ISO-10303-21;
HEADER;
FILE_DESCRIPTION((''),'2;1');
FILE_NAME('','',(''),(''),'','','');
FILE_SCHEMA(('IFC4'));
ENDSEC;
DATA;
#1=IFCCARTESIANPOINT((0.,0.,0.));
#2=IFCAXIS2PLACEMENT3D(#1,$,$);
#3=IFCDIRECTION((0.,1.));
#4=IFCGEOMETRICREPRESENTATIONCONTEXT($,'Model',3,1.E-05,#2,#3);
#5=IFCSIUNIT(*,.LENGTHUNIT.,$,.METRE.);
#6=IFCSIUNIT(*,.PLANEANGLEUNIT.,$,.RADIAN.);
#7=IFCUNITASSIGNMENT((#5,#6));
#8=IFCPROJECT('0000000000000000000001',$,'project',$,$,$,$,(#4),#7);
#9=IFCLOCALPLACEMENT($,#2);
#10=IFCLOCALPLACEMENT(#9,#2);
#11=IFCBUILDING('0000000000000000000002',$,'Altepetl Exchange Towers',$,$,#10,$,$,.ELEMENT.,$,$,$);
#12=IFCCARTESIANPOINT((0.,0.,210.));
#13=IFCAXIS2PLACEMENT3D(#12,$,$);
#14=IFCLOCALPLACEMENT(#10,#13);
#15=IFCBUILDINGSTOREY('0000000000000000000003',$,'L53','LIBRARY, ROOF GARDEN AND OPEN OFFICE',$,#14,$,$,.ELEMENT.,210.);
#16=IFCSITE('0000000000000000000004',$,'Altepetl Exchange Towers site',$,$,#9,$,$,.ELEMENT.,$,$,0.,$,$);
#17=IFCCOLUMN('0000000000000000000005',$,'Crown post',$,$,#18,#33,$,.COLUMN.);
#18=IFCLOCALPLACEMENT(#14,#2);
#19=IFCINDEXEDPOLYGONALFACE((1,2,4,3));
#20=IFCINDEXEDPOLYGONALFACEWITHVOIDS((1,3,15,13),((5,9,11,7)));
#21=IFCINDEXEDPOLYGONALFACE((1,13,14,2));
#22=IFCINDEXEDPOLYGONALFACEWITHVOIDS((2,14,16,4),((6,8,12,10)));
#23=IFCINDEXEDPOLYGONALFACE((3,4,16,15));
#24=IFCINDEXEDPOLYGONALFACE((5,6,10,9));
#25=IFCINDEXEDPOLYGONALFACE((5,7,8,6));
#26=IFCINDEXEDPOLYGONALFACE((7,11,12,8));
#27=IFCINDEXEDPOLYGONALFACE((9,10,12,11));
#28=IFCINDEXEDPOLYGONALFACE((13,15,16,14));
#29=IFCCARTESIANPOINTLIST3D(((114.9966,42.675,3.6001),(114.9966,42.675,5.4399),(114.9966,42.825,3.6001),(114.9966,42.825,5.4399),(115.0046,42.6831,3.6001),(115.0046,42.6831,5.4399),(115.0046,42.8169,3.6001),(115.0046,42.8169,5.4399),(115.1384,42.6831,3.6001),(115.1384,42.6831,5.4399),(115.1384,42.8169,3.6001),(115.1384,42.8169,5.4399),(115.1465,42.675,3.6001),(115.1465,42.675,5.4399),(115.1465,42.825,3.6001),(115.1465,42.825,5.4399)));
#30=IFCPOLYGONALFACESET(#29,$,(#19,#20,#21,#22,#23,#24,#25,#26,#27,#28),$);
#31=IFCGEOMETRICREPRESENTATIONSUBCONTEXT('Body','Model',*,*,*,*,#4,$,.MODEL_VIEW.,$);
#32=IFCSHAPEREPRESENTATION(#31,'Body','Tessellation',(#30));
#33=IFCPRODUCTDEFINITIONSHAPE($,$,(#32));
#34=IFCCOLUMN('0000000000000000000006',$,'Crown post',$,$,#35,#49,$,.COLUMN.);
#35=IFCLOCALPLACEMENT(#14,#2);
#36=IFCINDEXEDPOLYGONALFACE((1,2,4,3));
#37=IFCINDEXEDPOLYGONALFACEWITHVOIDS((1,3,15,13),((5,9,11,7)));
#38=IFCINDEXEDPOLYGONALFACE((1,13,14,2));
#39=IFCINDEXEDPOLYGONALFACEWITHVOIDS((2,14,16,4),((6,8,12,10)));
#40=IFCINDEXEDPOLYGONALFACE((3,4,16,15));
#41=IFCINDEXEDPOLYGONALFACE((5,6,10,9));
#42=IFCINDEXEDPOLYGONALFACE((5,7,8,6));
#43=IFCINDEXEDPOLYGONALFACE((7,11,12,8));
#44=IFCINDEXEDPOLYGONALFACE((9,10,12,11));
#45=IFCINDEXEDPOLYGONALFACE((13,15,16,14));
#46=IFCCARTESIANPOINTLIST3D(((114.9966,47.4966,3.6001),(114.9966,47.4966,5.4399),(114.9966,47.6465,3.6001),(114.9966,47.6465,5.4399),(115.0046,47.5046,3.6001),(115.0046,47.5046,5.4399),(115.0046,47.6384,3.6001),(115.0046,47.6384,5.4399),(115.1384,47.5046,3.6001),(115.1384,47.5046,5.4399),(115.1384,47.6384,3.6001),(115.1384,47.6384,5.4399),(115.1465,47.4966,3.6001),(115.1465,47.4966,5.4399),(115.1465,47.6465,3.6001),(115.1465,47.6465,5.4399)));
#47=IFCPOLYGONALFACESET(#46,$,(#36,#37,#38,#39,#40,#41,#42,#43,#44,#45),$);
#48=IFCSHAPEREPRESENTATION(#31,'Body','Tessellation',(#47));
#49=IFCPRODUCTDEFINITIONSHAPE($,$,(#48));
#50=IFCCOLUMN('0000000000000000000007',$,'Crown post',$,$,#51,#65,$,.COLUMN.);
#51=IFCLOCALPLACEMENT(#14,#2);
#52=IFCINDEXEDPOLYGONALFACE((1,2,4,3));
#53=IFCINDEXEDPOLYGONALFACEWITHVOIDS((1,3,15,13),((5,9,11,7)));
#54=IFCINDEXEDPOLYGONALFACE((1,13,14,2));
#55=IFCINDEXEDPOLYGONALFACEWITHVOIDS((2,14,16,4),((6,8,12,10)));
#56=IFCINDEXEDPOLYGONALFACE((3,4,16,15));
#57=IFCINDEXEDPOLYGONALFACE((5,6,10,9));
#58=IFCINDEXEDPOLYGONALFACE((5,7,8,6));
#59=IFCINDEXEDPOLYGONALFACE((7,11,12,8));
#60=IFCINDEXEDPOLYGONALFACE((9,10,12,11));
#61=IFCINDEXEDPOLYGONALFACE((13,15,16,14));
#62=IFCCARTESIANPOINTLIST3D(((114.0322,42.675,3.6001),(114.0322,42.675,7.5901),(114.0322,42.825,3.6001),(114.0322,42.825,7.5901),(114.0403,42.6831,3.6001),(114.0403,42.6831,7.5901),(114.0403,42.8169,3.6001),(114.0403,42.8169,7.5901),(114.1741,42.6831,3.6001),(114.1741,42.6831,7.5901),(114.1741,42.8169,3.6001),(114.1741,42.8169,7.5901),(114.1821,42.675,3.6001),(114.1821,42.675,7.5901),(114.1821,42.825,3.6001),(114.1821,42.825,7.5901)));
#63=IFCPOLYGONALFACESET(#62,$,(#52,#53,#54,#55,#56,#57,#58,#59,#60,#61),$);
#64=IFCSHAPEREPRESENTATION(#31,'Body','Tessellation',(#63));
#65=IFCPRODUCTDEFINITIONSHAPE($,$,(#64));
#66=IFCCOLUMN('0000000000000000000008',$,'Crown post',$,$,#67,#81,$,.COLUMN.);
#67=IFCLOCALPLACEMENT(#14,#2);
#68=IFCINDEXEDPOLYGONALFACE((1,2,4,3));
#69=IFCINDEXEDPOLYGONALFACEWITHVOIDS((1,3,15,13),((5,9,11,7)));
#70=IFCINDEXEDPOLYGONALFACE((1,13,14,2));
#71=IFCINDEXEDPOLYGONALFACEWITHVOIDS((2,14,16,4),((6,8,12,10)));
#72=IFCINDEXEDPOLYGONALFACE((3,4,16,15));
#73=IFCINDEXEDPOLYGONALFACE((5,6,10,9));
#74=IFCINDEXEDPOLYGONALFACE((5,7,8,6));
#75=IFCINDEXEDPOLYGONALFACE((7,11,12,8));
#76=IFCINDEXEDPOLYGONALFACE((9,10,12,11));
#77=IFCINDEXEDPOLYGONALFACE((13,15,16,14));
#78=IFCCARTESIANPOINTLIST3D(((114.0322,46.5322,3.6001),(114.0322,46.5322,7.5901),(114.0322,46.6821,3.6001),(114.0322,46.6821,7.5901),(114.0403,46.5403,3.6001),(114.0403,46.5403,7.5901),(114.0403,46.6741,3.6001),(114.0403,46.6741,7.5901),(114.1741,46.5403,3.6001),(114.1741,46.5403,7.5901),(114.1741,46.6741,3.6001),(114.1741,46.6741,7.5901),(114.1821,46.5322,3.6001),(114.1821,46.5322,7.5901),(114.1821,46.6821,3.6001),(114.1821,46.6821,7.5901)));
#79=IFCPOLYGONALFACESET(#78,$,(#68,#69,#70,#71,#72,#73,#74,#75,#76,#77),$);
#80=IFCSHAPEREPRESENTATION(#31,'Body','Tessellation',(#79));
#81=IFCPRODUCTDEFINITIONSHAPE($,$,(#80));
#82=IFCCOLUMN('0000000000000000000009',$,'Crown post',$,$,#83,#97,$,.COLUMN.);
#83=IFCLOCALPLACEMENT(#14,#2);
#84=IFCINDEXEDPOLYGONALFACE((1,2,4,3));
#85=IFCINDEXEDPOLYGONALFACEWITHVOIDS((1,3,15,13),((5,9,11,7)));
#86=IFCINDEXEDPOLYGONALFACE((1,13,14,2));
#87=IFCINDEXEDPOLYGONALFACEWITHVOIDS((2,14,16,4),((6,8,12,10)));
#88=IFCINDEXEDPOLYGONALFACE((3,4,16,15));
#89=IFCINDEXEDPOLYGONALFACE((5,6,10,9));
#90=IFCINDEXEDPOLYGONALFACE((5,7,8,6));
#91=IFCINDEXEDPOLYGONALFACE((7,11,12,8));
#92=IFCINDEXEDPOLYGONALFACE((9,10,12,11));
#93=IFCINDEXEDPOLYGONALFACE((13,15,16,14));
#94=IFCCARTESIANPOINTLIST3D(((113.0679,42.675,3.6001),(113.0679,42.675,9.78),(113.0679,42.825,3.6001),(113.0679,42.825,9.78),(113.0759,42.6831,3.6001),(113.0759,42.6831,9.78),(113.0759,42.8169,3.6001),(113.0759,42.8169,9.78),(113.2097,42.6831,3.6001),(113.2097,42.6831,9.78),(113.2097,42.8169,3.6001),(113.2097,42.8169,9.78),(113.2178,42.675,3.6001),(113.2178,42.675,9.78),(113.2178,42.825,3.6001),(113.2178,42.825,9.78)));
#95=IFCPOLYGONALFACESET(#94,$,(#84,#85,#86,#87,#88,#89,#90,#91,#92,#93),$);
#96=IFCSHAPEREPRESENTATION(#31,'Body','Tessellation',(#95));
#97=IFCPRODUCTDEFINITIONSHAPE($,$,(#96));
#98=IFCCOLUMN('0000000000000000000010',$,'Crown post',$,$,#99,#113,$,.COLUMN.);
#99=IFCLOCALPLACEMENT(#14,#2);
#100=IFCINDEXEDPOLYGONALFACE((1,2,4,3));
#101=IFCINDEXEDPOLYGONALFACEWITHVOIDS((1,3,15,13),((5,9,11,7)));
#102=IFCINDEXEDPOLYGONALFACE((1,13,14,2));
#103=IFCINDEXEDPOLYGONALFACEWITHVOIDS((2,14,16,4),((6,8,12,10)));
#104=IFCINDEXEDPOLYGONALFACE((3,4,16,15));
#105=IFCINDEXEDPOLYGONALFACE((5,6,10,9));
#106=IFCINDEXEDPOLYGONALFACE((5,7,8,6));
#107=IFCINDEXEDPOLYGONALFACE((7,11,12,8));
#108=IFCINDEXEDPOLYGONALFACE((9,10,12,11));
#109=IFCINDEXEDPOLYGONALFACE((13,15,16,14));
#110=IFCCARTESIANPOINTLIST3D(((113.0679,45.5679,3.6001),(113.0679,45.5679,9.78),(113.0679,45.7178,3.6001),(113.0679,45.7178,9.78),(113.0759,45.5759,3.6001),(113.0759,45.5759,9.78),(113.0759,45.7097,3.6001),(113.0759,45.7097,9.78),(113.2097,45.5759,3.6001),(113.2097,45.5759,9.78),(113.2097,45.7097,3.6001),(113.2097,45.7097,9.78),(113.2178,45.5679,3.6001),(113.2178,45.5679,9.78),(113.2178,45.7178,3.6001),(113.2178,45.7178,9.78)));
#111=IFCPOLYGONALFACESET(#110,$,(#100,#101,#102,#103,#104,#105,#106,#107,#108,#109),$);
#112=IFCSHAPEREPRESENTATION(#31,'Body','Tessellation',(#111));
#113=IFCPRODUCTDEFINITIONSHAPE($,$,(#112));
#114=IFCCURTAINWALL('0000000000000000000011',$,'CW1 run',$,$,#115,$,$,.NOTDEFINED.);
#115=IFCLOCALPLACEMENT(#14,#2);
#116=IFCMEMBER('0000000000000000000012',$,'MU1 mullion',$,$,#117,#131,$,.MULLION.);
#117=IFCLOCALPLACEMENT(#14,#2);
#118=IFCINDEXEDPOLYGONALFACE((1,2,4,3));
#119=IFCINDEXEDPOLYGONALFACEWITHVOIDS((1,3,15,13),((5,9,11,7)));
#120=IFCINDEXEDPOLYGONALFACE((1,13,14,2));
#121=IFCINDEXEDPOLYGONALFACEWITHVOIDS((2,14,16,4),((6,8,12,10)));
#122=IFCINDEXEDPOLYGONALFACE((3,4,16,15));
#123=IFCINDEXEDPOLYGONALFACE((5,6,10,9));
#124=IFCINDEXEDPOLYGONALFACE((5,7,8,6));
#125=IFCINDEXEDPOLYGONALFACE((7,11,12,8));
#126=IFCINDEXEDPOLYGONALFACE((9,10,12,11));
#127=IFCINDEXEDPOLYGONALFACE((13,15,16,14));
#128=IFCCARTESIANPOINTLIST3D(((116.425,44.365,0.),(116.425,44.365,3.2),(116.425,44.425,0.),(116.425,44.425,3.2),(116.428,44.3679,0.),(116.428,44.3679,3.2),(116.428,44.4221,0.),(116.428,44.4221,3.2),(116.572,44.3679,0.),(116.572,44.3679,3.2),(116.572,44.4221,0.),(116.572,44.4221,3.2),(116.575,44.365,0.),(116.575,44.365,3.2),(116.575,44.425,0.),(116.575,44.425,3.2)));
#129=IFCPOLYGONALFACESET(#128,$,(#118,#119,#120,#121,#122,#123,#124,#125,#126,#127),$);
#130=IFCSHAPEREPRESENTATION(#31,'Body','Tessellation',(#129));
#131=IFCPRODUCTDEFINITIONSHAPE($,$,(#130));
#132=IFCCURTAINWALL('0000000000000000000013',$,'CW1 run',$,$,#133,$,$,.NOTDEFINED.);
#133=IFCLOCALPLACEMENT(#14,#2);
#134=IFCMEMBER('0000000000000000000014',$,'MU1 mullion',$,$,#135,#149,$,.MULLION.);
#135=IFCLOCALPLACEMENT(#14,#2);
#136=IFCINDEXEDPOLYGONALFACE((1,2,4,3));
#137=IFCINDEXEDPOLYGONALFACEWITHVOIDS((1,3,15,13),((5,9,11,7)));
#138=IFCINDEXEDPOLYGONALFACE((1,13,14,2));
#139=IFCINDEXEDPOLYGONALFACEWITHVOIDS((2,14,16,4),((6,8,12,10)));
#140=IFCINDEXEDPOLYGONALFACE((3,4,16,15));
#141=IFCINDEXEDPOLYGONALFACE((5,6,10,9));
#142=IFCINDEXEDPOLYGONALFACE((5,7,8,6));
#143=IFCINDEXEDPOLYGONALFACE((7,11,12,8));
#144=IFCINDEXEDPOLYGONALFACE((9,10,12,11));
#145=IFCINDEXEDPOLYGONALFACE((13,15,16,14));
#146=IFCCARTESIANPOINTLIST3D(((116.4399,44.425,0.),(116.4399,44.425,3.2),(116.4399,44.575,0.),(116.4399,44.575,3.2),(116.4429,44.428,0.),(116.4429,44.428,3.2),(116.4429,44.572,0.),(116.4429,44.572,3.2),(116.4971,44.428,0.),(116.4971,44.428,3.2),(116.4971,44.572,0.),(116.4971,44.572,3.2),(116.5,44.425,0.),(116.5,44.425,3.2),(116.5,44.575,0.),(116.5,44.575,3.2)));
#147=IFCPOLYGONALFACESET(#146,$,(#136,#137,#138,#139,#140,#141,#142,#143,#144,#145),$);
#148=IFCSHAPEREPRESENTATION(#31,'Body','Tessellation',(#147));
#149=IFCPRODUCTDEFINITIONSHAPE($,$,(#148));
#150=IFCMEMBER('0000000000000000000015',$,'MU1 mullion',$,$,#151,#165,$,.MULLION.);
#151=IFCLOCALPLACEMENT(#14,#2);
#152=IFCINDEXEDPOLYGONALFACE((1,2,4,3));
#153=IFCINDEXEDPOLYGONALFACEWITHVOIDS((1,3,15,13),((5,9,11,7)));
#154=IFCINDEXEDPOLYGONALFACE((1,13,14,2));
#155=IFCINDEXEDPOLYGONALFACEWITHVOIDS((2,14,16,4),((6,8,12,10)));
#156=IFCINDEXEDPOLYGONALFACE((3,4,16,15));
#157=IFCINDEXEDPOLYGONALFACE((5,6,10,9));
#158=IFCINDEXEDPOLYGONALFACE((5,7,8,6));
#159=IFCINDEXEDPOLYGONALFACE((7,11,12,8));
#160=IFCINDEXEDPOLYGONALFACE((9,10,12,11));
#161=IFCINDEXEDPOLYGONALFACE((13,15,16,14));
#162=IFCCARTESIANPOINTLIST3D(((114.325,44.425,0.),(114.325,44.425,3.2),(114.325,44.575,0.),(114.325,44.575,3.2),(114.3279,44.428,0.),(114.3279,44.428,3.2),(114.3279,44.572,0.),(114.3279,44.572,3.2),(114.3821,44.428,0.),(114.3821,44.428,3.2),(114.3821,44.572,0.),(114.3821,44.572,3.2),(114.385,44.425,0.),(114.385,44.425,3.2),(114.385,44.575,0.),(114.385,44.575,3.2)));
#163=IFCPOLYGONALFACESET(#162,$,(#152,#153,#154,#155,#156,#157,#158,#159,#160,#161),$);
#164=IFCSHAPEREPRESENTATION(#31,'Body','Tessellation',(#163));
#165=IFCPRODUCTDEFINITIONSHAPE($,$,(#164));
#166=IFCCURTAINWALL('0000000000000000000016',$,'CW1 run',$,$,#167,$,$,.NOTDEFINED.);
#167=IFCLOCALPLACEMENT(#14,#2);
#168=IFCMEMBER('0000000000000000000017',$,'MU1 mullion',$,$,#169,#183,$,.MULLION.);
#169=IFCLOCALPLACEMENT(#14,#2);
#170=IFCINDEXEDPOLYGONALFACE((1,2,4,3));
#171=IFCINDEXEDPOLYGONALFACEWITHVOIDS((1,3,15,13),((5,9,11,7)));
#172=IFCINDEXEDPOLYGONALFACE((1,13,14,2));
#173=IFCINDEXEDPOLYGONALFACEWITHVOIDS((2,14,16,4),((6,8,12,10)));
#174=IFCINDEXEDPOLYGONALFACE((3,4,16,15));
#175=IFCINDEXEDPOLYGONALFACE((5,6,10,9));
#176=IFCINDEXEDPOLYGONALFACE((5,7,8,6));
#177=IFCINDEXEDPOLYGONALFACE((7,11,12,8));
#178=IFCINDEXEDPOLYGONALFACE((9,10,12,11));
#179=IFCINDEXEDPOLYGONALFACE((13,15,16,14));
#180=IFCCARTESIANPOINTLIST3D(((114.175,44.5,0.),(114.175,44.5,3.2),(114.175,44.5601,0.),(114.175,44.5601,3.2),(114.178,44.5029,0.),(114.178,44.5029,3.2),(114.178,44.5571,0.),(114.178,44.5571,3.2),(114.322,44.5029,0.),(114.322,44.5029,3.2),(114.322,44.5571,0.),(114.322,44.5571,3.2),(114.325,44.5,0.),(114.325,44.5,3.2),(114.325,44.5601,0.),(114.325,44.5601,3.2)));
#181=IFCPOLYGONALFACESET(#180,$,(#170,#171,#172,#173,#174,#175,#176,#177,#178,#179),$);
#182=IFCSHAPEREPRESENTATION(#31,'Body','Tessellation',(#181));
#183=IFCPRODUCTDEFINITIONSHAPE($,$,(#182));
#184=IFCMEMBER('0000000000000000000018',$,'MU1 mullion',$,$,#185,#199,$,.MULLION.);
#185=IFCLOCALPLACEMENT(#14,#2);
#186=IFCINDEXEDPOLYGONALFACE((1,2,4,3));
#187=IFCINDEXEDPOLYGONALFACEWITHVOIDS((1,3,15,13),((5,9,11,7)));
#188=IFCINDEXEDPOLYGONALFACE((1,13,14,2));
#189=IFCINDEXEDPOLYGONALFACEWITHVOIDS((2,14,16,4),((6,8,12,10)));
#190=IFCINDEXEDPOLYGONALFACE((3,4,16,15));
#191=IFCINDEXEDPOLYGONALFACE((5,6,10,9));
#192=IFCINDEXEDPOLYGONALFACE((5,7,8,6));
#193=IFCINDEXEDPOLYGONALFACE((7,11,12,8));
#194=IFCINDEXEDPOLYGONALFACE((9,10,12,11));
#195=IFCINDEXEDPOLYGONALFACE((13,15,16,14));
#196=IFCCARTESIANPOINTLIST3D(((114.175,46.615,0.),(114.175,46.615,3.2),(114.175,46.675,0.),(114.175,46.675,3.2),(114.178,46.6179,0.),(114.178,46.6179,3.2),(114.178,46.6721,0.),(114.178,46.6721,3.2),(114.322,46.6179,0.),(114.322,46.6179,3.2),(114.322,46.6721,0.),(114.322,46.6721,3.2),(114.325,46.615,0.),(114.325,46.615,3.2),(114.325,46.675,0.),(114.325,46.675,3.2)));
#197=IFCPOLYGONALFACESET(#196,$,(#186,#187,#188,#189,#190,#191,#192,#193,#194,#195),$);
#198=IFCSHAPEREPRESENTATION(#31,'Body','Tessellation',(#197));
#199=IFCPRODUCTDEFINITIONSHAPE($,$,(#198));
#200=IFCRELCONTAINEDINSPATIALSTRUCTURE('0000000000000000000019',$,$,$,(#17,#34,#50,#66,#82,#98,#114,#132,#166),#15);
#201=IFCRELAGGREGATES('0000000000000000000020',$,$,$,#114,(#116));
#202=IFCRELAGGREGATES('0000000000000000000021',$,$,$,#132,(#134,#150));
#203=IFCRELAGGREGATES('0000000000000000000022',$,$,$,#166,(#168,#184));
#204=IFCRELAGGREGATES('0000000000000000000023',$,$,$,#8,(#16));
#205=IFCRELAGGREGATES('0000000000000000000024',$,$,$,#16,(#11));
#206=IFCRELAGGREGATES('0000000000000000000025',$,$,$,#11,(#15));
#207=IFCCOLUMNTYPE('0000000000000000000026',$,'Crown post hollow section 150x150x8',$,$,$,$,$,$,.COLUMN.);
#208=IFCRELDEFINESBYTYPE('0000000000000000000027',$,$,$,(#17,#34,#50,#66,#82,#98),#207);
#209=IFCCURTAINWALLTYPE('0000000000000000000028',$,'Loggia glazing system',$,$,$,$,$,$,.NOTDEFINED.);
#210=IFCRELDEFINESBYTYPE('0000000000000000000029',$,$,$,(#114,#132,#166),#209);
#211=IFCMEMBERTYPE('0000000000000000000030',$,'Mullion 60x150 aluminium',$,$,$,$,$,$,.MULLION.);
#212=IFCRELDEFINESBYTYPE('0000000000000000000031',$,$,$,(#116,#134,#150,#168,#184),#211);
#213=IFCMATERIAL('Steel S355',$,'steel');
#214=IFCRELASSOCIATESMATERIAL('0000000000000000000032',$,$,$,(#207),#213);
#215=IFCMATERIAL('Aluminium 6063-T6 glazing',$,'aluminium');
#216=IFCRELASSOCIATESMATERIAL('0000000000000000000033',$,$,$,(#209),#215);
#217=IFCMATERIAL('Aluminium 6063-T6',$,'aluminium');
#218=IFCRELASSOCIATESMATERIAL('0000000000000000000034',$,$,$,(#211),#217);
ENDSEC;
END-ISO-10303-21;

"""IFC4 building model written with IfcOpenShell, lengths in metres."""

from ifc_helpers import new_model, si_unit, direction, frame, origin, origin_2d, place, context, subcontext, project, spatial, hollow_rectangle, extrude, material, material_profile, profile_set, type_object, element, aggregate, save


model = new_model("IFC4")

# Units and contexts
model_context = context("Model", 3, precision=1e-05, world=origin(), true_north=direction((0.0, 1.0)))
body_context = subcontext(model_context, "Body", "Model", "MODEL_VIEW")
ifc_project = project(units=[si_unit("LENGTHUNIT", "METRE"), si_unit("PLANEANGLEUNIT", "RADIAN")], contexts=[model_context])

# Site, building, storey
site_placement = place(None, origin())
site = spatial("IfcSite", under=ifc_project, at=site_placement, Name="Altepetl Exchange Towers site", CompositionType="ELEMENT", RefElevation=0.0)
building_placement = place(site_placement, origin())
building = spatial("IfcBuilding", under=site, at=building_placement, Name="Altepetl Exchange Towers", CompositionType="ELEMENT")
storey_placement = place(building_placement, frame((0.0, 0.0, 210.0)))
storey = spatial("IfcBuildingStorey", under=building, at=storey_placement, Name="L53", Description="LIBRARY, ROOF GARDEN AND OPEN OFFICE", CompositionType="ELEMENT", Elevation=210.0)

# Columns
ifc_material_1 = material(Name="Steel S355", Category="steel")
ifc_material_profile_1 = material_profile(ifc_material_1, hollow_rectangle(XDim=0.1499, YDim=0.1499, WallThickness=0.0081, at=origin_2d()), Name="RHS 150x150x8")
ifc_profile_set_1 = profile_set([ifc_material_profile_1], Name="Steel S355")
column_type = type_object("IfcColumnType", Name="Crown post hollow section 150x150x8", PredefinedType="COLUMN", material=ifc_profile_set_1)
for number, where, name in (
    (1, (115.0715, 42.75, 3.6001), "Crown post"),
    (2, (115.0715, 47.5715, 3.6001), "Crown post"),
):
    element("IfcColumn", number, at=place(storey_placement, frame(where)), inside=storey, type_object=column_type, Name=name, PredefinedType="COLUMN", context=body_context, shape_type="SweptSolid", body=[
        extrude(hollow_rectangle(XDim=0.1499, YDim=0.1499, WallThickness=0.0081, at=origin_2d()), origin(), (0.0, 0.0, 1.0), 1.8398),
    ])
for number, where, name in (
    (3, (114.1072, 42.75, 3.6001), "Crown post"),
    (4, (114.1072, 46.6072, 3.6001), "Crown post"),
):
    element("IfcColumn", number, at=place(storey_placement, frame(where)), inside=storey, type_object=column_type, Name=name, PredefinedType="COLUMN", context=body_context, shape_type="SweptSolid", body=[
        extrude(hollow_rectangle(XDim=0.1499, YDim=0.1499, WallThickness=0.0081, at=origin_2d()), origin(), (0.0, 0.0, 1.0), 3.99),
    ])
for number, where, name in (
    (5, (113.1428, 42.75, 3.6001), "Crown post"),
    (6, (113.1428, 45.6428, 3.6001), "Crown post"),
):
    element("IfcColumn", number, at=place(storey_placement, frame(where)), inside=storey, type_object=column_type, Name=name, PredefinedType="COLUMN", context=body_context, shape_type="SweptSolid", body=[
        extrude(hollow_rectangle(XDim=0.1499, YDim=0.1499, WallThickness=0.0081, at=origin_2d()), origin(), (0.0, 0.0, 1.0), 6.1799),
    ])

# Curtain wall, member
ifc_material_2 = material(Name="Aluminium 6063-T6 glazing", Category="aluminium")
curtain_wall_type_1 = type_object("IfcCurtainWallType", Name="Loggia glazing system", PredefinedType="NOTDEFINED", material=ifc_material_2)
curtain_wall_1_placement = place(storey_placement, origin())
curtain_wall_1 = element("IfcCurtainWall", 7, at=curtain_wall_1_placement, inside=storey, type_object=curtain_wall_type_1, Name="CW1 run", PredefinedType="NOTDEFINED")
ifc_material_3 = material(Name="Aluminium 6063-T6", Category="aluminium")
ifc_material_profile_2 = material_profile(ifc_material_3, hollow_rectangle(XDim=0.0601, YDim=0.1499, WallThickness=0.0029, at=origin_2d()), Name="Mullion 60x150 aluminium")
ifc_profile_set_2 = profile_set([ifc_material_profile_2], Name="Aluminium 6063-T6")
member_type_1 = type_object("IfcMemberType", Name="Mullion 60x150 aluminium", PredefinedType="MULLION", material=ifc_profile_set_2)
member_1_placement = place(storey_placement, frame((116.5, 44.395, 0.0), z_axis=(0.0, 0.0, 1.0), x_axis=(0.0, 1.0, 0.0)))
member_1 = element("IfcMember", 8, at=member_1_placement, type_object=member_type_1, Name="MU1 mullion", PredefinedType="MULLION", context=body_context, shape_type="SweptSolid", body=[
    extrude(hollow_rectangle(XDim=0.0601, YDim=0.1499, WallThickness=0.0029, at=origin_2d()), origin(), (0.0, 0.0, 1.0), 3.2),
])

# Curtain walls, members
curtain_wall_2_placement = place(storey_placement, origin())
curtain_wall_2 = element("IfcCurtainWall", 9, at=curtain_wall_2_placement, inside=storey, type_object=curtain_wall_type_1, Name="CW1 run", PredefinedType="NOTDEFINED")
member_2_placement = place(storey_placement, frame((116.47, 44.5, 0.0), z_axis=(0.0, 0.0, 1.0), x_axis=(-1.0, 0.0, 0.0)))
member_2 = element("IfcMember", 10, at=member_2_placement, type_object=member_type_1, Name="MU1 mullion", PredefinedType="MULLION", context=body_context, shape_type="SweptSolid", body=[
    extrude(hollow_rectangle(XDim=0.0601, YDim=0.1499, WallThickness=0.0029, at=origin_2d()), origin(), (0.0, 0.0, 1.0), 3.2),
])
member_3_placement = place(storey_placement, frame((114.355, 44.5, 0.0), z_axis=(0.0, 0.0, 1.0), x_axis=(-1.0, 0.0, 0.0)))
member_3 = element("IfcMember", 11, at=member_3_placement, type_object=member_type_1, Name="MU1 mullion", PredefinedType="MULLION", context=body_context, shape_type="SweptSolid", body=[
    extrude(hollow_rectangle(XDim=0.0601, YDim=0.1499, WallThickness=0.0029, at=origin_2d()), origin(), (0.0, 0.0, 1.0), 3.2),
])
curtain_wall_3_placement = place(storey_placement, origin())
curtain_wall_3 = element("IfcCurtainWall", 12, at=curtain_wall_3_placement, inside=storey, type_object=curtain_wall_type_1, Name="CW1 run", PredefinedType="NOTDEFINED")
member_4_placement = place(storey_placement, frame((114.25, 44.53, 0.0), z_axis=(0.0, 0.0, 1.0), x_axis=(0.0, 1.0, 0.0)))
member_4 = element("IfcMember", 13, at=member_4_placement, type_object=member_type_1, Name="MU1 mullion", PredefinedType="MULLION", context=body_context, shape_type="SweptSolid", body=[
    extrude(hollow_rectangle(XDim=0.0601, YDim=0.1499, WallThickness=0.0029, at=origin_2d()), origin(), (0.0, 0.0, 1.0), 3.2),
])
member_5_placement = place(storey_placement, frame((114.25, 46.645, 0.0), z_axis=(0.0, 0.0, 1.0), x_axis=(0.0, 1.0, 0.0)))
member_5 = element("IfcMember", 14, at=member_5_placement, type_object=member_type_1, Name="MU1 mullion", PredefinedType="MULLION", context=body_context, shape_type="SweptSolid", body=[
    extrude(hollow_rectangle(XDim=0.0601, YDim=0.1499, WallThickness=0.0029, at=origin_2d()), origin(), (0.0, 0.0, 1.0), 3.2),
])

aggregate(curtain_wall_1, [member_1])
aggregate(curtain_wall_2, [member_2, member_3])
aggregate(curtain_wall_3, [member_4, member_5])

save(model, "model.ifc")
